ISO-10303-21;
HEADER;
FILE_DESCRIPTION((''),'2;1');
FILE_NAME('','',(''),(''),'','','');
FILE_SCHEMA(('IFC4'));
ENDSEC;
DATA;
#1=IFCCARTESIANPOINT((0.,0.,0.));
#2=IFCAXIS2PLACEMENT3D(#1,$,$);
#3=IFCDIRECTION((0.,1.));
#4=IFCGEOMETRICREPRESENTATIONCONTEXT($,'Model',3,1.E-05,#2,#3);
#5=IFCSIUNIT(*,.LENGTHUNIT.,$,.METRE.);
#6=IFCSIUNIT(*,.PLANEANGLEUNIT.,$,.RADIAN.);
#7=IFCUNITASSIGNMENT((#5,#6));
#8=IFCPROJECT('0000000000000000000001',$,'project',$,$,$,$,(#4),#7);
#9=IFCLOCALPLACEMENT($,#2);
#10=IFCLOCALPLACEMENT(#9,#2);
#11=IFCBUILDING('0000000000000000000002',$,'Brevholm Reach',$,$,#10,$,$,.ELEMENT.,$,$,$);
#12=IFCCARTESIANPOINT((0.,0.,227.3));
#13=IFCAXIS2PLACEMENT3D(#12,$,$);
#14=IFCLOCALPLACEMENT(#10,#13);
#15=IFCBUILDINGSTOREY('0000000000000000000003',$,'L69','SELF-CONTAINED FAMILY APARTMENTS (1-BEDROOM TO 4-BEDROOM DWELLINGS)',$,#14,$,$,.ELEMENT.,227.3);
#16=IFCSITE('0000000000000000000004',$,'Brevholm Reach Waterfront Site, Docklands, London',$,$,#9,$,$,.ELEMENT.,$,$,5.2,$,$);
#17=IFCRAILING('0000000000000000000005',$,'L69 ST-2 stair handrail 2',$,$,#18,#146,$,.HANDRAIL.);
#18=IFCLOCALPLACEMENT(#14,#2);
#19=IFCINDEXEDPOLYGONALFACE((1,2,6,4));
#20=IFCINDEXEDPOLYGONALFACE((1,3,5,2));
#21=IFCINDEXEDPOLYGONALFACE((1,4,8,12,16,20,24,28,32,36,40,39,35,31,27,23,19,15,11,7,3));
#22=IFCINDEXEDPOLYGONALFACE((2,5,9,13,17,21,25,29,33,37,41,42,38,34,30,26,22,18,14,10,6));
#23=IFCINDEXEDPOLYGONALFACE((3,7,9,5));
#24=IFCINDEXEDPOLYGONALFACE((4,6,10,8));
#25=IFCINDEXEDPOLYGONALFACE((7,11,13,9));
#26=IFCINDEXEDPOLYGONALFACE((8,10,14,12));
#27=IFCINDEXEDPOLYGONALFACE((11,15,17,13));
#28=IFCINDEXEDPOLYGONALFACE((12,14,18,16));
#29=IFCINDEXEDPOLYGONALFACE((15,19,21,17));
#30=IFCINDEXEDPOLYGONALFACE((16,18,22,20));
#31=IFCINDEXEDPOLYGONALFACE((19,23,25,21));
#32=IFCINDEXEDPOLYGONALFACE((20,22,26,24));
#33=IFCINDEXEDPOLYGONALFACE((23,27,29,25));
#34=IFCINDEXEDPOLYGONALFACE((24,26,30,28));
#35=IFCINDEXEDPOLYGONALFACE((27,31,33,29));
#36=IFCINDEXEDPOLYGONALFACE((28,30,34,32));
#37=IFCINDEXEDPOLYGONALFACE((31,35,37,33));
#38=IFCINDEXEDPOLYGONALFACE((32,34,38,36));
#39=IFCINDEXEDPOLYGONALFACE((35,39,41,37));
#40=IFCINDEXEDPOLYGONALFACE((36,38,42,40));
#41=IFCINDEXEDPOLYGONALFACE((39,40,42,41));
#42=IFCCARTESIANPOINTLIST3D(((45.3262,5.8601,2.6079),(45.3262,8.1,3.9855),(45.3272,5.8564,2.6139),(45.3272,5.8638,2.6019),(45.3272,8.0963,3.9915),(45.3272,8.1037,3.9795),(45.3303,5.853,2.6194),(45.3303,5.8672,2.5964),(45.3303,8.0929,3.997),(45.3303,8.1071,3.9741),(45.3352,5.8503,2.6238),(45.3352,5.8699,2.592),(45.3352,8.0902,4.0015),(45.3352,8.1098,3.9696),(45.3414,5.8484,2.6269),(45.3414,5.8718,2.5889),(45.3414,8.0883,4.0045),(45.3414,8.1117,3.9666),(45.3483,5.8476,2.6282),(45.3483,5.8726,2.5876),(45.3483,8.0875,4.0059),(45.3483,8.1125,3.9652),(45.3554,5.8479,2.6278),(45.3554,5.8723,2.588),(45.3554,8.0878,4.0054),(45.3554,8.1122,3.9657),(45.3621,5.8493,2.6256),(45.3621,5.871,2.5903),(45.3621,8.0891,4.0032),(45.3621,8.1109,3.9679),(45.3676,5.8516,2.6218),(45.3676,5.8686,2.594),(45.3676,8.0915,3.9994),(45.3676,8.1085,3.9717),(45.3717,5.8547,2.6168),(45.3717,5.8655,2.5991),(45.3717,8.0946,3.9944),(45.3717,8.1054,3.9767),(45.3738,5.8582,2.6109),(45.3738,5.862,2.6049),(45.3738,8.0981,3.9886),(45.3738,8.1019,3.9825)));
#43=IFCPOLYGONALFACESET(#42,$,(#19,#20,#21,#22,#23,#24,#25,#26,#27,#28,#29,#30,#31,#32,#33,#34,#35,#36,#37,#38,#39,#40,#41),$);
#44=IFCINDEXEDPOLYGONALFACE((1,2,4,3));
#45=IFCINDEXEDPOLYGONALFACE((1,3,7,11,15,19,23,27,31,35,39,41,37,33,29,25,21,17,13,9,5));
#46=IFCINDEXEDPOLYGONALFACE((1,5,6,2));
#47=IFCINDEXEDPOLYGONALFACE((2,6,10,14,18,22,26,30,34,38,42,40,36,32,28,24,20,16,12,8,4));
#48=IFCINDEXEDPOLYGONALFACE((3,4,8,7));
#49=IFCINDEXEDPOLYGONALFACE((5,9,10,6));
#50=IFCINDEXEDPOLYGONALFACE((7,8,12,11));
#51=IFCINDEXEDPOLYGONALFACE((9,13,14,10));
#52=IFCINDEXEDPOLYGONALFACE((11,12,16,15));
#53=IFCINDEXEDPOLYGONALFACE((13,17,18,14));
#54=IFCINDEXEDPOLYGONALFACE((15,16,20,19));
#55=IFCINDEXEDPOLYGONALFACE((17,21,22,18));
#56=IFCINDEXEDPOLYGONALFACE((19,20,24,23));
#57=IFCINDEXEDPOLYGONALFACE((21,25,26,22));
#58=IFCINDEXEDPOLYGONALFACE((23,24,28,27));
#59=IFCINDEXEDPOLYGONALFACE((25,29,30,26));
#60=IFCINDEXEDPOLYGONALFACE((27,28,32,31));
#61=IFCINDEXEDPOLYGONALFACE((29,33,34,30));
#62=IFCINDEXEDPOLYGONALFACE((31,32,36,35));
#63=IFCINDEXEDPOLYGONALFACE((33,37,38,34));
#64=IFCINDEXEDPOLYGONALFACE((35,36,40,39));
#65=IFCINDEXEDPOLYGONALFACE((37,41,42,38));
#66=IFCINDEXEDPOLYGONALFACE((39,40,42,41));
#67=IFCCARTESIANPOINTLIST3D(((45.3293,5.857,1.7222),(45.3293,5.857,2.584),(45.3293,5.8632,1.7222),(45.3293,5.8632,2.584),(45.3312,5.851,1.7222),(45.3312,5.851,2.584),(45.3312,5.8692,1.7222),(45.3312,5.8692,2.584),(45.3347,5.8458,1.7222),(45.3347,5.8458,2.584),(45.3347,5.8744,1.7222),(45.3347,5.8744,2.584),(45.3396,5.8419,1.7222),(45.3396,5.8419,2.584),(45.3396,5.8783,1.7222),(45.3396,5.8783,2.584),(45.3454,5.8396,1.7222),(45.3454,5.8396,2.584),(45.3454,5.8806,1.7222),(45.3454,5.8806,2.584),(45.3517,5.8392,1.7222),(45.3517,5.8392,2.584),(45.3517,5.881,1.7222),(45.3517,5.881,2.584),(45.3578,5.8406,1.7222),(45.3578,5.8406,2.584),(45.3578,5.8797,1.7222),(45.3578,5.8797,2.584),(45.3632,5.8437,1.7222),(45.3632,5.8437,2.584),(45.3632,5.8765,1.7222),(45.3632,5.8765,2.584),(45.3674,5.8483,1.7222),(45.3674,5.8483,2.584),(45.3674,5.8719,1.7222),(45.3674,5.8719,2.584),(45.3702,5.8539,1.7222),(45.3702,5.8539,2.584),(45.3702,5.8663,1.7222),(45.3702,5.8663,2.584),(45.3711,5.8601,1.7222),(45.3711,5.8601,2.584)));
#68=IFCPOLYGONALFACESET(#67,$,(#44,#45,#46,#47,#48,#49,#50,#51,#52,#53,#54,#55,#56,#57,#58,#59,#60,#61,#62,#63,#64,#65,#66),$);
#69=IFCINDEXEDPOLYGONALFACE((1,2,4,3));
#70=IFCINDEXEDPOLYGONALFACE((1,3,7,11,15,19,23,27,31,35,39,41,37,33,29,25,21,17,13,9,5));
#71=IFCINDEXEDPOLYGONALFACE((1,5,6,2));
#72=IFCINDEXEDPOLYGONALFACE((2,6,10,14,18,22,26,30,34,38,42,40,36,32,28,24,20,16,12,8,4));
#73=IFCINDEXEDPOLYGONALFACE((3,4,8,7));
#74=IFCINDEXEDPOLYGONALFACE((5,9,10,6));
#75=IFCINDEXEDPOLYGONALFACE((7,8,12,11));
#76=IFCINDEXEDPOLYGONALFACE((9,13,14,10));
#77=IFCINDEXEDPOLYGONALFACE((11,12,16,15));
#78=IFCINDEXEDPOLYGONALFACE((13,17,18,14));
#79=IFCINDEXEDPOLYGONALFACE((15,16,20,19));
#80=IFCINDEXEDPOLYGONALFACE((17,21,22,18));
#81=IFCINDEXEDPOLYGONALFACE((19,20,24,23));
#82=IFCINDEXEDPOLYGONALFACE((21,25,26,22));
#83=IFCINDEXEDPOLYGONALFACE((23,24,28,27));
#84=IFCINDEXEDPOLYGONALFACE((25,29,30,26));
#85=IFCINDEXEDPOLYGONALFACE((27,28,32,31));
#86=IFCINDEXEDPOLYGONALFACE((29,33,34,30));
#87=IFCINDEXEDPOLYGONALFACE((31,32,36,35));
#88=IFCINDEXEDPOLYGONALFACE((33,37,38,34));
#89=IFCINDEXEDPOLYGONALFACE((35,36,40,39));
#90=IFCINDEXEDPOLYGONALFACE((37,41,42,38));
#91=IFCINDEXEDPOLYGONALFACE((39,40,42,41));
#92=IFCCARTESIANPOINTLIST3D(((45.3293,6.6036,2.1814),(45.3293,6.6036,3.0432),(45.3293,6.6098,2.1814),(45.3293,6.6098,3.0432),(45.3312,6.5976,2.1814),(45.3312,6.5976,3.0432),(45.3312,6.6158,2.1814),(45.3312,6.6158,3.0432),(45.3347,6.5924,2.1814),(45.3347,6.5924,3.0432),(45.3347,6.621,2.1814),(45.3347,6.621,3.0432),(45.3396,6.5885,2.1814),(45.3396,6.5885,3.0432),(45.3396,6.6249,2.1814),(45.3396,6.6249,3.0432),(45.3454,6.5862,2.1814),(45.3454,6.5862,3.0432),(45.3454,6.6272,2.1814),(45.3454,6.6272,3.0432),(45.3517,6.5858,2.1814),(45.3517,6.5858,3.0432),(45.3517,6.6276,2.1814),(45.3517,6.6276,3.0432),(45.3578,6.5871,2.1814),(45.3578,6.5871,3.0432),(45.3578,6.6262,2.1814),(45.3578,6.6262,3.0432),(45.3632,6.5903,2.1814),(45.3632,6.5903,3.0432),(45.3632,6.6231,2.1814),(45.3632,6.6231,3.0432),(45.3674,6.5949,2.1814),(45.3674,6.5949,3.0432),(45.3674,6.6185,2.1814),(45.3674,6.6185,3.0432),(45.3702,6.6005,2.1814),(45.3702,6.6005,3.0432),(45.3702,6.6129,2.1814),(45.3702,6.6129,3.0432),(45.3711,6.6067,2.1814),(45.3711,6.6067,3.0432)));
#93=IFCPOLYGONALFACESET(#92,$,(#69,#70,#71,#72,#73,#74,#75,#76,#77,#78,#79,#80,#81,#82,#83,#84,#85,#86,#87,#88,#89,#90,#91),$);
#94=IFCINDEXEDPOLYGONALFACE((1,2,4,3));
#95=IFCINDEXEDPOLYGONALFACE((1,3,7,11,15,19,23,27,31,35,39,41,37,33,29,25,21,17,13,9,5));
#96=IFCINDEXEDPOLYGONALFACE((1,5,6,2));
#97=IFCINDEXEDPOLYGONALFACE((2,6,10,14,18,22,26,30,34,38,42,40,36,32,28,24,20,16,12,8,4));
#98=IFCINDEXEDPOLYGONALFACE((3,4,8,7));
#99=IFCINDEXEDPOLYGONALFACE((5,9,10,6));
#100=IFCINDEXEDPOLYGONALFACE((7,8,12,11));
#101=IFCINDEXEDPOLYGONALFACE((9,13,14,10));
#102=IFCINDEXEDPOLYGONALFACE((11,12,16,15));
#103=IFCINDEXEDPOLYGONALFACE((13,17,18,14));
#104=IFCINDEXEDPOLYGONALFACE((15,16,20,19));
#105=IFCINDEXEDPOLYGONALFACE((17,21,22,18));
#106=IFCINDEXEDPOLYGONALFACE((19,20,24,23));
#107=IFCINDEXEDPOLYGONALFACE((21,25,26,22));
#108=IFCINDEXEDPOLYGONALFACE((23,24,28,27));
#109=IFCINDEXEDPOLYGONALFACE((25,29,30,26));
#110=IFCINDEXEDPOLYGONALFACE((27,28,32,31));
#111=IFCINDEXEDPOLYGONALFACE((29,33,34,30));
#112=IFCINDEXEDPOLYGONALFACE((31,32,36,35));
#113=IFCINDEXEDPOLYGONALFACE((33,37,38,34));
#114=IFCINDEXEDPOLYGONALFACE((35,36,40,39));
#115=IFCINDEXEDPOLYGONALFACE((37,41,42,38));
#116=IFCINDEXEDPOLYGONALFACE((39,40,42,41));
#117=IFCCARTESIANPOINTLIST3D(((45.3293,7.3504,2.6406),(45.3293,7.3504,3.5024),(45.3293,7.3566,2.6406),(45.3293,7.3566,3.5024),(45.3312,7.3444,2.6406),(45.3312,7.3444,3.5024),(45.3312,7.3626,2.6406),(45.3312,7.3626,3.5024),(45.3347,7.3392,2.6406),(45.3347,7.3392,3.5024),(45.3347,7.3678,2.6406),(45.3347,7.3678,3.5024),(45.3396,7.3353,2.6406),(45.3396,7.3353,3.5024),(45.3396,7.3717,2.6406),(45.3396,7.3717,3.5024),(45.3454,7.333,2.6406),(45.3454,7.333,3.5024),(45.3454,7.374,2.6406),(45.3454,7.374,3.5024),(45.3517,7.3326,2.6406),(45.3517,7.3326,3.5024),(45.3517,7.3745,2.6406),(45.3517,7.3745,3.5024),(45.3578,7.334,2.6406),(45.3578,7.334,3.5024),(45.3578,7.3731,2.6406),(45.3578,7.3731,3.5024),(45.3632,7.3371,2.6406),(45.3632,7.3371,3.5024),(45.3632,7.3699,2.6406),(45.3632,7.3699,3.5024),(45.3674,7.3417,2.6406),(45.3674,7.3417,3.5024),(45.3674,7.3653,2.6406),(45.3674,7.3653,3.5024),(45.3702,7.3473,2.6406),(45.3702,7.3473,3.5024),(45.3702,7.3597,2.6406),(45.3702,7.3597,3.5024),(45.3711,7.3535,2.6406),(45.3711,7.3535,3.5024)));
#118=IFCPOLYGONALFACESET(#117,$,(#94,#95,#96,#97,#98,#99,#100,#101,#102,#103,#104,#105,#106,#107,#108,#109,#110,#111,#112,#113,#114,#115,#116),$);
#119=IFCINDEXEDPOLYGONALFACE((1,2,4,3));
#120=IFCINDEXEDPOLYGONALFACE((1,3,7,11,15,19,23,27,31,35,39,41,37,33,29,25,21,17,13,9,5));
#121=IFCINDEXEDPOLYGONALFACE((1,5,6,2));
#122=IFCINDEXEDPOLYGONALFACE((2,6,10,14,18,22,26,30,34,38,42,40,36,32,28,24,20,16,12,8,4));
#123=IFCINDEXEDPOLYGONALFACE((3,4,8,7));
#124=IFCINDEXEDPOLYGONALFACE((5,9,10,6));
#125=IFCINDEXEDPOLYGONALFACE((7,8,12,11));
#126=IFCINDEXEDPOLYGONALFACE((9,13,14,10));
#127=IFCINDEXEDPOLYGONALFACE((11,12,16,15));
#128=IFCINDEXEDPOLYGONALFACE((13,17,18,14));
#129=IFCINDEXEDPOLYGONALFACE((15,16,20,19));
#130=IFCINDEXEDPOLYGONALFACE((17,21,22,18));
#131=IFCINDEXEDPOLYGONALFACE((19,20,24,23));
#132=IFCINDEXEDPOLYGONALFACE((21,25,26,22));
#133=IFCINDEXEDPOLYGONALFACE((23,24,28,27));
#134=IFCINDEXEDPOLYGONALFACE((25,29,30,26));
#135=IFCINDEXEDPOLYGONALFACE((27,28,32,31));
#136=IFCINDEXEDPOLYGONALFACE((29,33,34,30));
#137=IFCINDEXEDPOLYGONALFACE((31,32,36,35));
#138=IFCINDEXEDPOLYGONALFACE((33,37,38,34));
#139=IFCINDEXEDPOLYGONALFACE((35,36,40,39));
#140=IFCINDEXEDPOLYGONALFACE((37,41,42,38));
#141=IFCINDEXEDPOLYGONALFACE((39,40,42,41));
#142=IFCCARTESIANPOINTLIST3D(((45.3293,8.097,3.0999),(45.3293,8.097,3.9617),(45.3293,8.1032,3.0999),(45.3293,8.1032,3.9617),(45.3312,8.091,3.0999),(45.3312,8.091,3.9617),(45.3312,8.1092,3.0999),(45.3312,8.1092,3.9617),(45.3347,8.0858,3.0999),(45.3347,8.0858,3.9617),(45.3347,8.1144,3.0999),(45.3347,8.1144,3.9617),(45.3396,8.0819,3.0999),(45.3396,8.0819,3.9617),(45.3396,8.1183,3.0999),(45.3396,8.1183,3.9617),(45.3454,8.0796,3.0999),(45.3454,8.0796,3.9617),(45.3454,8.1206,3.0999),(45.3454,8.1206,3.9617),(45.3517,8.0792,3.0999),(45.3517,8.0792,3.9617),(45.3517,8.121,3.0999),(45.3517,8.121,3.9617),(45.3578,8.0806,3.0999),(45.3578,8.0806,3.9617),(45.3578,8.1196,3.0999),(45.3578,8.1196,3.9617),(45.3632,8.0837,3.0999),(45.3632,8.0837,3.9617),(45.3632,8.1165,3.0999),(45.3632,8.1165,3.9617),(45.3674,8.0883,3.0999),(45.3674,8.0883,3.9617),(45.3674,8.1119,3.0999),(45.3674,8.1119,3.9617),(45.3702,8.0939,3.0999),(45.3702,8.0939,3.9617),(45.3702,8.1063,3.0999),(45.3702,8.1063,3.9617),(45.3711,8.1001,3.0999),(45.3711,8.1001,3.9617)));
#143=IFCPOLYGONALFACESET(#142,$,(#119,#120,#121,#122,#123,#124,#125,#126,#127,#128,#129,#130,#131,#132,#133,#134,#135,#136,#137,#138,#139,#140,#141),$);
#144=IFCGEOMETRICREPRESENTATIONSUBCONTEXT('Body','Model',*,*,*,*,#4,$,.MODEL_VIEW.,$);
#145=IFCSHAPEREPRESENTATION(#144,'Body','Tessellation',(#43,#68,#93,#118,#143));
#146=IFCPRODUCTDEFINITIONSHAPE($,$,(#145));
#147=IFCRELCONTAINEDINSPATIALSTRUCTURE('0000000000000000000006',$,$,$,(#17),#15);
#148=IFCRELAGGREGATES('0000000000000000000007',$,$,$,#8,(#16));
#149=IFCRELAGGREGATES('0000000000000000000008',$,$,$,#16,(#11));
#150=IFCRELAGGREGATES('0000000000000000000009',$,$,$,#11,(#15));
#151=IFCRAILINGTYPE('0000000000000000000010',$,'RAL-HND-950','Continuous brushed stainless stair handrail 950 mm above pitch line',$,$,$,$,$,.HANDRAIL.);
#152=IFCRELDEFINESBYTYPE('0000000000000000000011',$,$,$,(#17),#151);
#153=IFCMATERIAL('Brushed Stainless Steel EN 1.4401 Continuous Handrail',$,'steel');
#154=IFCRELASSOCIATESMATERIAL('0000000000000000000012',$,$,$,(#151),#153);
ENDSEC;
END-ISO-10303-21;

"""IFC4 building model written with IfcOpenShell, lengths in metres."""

from ifc_helpers import new_model, si_unit, direction, frame, origin, origin_2d, place, context, subcontext, project, spatial, circle, extrude, material, type_object, element, save


model = new_model("IFC4")

# Units and contexts
model_context = context("Model", 3, precision=1e-05, world=origin(), true_north=direction((0.0, 1.0)))
body_context = subcontext(model_context, "Body", "Model", "MODEL_VIEW")
ifc_project = project(units=[si_unit("LENGTHUNIT", "METRE"), si_unit("PLANEANGLEUNIT", "RADIAN")], contexts=[model_context])

# Site, building, storey
site_placement = place(None, origin())
site = spatial("IfcSite", under=ifc_project, at=site_placement, Name="Brevholm Reach Waterfront Site, Docklands, London", CompositionType="ELEMENT", RefElevation=5.2)
building_placement = place(site_placement, origin())
building = spatial("IfcBuilding", under=site, at=building_placement, Name="Brevholm Reach", CompositionType="ELEMENT")
storey_placement = place(building_placement, frame((0.0, 0.0, 227.3)))
storey = spatial("IfcBuildingStorey", under=building, at=storey_placement, Name="L69", Description="SELF-CONTAINED FAMILY APARTMENTS (1-BEDROOM TO 4-BEDROOM DWELLINGS)", CompositionType="ELEMENT", Elevation=227.3)

# Railing
ifc_material_1 = material(Name="Brushed Stainless Steel EN 1.4401 Continuous Handrail", Category="steel")
railing_type_1 = type_object("IfcRailingType", Name="RAL-HND-950", Description="Continuous brushed stainless stair handrail 950 mm above pitch line", PredefinedType="HANDRAIL", material=ifc_material_1)
railing_1_placement = place(storey_placement, frame((45.3501, 5.8601, 1.7222)))
element("IfcRailing", 1, at=railing_1_placement, inside=storey, type_object=railing_type_1, Name="L69 ST-2 stair handrail 2", PredefinedType="HANDRAIL", context=body_context, shape_type="SweptSolid", body=[
    extrude(circle(Radius=0.0239, at=origin_2d()), frame((0.0, 0.0, 0.8857), z_axis=(0.0, 0.851789, 0.523885), x_axis=(-1.0, 0.0, 0.0)), (0.0, 0.0, 1.0), 2.6296),
    extrude(circle(Radius=0.021, at=origin_2d()), origin(), (0.0, 0.0, 1.0), 0.8618),
    extrude(circle(Radius=0.021, at=origin_2d()), frame((0.0, 0.7466, 0.4592)), (0.0, 0.0, 1.0), 0.8618),
    extrude(circle(Radius=0.021, at=origin_2d()), frame((0.0, 1.4934, 0.9185)), (0.0, 0.0, 1.0), 0.8618),
    extrude(circle(Radius=0.021, at=origin_2d()), frame((0.0, 2.24, 1.3777)), (0.0, 0.0, 1.0), 0.8618),
])

save(model, "model.ifc")
